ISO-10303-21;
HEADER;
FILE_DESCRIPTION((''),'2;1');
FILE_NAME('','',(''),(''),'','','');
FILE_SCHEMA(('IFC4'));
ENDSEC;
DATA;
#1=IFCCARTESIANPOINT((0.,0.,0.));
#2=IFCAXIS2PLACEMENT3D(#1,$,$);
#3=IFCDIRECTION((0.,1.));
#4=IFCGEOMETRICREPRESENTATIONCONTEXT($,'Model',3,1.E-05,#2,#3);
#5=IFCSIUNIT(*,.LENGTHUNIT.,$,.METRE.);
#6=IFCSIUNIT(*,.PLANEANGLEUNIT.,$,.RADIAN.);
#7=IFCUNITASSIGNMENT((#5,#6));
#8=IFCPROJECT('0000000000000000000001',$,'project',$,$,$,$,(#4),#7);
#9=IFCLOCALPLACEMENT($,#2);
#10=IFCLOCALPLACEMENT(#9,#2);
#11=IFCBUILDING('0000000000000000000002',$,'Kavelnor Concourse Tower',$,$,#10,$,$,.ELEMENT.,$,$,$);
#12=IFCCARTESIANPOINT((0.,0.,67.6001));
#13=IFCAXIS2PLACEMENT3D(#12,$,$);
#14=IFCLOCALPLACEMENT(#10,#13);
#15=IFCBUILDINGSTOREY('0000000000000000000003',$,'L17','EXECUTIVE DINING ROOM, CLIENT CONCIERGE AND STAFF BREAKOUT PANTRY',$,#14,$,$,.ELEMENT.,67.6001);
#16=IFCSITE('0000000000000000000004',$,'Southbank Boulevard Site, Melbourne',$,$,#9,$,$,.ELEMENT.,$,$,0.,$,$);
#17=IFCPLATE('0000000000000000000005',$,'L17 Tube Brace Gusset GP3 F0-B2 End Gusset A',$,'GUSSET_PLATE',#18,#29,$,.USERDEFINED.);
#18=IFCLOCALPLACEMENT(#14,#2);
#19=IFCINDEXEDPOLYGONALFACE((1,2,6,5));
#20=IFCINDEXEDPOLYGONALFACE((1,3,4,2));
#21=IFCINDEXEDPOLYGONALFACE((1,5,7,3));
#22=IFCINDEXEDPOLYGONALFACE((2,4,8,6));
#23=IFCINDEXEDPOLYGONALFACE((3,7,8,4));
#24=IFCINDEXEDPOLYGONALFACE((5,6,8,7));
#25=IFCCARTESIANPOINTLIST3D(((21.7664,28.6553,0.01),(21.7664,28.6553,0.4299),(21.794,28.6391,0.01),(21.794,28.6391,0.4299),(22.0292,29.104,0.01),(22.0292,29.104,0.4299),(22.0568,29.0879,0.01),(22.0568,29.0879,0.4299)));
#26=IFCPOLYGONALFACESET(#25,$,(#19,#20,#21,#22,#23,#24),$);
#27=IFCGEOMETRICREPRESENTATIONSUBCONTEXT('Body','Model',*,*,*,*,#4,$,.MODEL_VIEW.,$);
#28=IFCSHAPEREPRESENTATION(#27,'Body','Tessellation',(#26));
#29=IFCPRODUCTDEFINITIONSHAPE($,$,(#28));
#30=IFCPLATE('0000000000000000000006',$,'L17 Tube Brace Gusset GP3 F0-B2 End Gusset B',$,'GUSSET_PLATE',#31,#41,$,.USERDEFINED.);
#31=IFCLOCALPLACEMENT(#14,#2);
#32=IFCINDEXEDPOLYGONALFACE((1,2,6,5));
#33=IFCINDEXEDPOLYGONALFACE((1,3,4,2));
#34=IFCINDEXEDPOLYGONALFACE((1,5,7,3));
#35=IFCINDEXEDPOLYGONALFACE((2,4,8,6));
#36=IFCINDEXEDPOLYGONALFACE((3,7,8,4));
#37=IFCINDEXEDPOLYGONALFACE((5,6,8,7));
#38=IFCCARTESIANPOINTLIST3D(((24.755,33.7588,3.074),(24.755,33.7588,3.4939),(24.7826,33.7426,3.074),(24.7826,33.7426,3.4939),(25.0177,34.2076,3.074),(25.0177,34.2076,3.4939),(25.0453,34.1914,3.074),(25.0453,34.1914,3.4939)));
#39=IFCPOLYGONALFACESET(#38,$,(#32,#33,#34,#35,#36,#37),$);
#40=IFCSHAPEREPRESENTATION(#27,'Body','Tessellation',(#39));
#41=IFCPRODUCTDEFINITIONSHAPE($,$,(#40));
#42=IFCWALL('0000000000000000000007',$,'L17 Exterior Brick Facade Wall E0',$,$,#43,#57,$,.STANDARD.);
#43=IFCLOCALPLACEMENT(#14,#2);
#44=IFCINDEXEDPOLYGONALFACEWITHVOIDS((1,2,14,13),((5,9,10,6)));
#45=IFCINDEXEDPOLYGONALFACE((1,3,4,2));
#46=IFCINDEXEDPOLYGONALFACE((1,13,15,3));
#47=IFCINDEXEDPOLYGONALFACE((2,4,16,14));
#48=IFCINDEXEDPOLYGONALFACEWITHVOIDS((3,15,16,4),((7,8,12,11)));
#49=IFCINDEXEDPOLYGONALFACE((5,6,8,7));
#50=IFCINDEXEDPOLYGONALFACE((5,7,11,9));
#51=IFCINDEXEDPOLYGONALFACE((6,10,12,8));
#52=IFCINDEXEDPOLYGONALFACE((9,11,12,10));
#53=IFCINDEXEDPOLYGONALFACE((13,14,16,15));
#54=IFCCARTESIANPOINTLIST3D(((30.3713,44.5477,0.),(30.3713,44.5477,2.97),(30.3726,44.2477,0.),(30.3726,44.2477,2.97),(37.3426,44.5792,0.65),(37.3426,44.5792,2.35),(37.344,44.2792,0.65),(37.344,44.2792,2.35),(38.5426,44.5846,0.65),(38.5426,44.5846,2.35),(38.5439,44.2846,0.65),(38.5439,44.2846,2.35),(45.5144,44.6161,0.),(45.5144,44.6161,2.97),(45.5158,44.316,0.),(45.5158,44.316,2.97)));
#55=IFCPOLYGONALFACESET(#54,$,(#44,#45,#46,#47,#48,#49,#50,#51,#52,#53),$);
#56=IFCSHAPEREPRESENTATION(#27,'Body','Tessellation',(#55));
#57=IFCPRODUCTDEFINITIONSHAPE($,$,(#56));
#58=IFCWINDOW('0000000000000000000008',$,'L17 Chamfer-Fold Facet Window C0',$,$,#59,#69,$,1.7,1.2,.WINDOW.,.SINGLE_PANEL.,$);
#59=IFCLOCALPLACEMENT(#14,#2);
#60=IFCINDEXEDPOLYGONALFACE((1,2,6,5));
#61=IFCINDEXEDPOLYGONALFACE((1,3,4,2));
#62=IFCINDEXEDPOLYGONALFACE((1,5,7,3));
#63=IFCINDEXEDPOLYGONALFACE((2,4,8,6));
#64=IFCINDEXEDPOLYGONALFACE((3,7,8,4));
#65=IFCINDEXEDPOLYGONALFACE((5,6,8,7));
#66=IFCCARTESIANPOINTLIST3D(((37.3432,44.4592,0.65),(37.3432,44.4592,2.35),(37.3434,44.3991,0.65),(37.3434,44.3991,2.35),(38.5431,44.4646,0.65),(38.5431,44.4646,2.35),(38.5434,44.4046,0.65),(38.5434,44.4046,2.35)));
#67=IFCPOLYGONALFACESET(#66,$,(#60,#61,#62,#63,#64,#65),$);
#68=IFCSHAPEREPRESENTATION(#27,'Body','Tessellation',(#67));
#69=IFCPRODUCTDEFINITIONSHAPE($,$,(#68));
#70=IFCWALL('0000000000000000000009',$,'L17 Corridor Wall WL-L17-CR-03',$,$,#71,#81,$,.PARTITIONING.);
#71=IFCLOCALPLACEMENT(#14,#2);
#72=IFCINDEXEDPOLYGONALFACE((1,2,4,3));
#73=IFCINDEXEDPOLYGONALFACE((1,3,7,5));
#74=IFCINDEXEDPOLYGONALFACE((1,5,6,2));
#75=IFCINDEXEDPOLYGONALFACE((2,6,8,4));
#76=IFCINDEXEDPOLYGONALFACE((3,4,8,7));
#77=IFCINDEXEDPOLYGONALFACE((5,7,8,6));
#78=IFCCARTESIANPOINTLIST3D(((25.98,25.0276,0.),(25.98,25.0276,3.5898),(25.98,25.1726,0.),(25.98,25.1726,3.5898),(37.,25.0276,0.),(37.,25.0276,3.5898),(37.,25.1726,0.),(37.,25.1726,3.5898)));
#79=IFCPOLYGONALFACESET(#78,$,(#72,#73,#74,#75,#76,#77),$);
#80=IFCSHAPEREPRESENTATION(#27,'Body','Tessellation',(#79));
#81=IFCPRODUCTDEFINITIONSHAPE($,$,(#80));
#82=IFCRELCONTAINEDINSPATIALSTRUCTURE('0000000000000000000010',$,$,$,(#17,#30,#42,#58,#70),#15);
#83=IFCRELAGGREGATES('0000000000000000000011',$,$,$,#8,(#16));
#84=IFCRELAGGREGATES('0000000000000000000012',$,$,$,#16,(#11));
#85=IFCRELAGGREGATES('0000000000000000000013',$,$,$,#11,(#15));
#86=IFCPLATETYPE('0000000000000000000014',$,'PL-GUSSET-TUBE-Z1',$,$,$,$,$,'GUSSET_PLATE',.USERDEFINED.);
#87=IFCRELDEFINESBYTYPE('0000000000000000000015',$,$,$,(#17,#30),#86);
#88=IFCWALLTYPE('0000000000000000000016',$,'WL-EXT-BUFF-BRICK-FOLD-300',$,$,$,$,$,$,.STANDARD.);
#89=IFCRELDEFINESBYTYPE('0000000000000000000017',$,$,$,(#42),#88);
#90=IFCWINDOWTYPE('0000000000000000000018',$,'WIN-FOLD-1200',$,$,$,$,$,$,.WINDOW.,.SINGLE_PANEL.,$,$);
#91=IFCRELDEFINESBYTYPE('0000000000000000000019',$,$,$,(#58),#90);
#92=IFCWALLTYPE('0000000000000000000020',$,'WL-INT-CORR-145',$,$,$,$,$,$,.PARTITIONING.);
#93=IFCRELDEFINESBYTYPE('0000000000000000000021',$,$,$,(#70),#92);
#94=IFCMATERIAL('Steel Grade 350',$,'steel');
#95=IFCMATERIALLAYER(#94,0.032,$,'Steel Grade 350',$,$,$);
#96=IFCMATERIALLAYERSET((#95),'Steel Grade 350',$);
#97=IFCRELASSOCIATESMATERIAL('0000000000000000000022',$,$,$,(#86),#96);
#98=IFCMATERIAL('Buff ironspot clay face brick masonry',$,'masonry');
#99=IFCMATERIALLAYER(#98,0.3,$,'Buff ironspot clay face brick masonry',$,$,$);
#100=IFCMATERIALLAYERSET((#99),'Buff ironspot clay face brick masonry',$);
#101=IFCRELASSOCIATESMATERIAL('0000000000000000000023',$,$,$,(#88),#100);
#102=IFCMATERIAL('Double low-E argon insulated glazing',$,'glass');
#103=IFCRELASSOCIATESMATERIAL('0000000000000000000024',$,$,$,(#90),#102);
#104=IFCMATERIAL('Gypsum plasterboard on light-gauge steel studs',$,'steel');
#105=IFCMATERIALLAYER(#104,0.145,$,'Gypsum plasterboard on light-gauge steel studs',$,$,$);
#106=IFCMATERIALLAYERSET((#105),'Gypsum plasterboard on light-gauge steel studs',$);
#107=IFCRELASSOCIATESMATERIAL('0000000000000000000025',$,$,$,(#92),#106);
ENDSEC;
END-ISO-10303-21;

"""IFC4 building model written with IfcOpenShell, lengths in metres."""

from ifc_helpers import new_model, si_unit, direction, frame, frame_2d, origin, origin_2d, place, context, subcontext, project, spatial, rectangle, extrude, material, layer, layer_set, type_object, element, fill, save


model = new_model("IFC4")

# Units and contexts
model_context = context("Model", 3, precision=1e-05, world=origin(), true_north=direction((0.0, 1.0)))
body_context = subcontext(model_context, "Body", "Model", "MODEL_VIEW")
ifc_project = project(units=[si_unit("LENGTHUNIT", "METRE"), si_unit("PLANEANGLEUNIT", "RADIAN")], contexts=[model_context])

# Site, building, storey
site_placement = place(None, origin())
site = spatial("IfcSite", under=ifc_project, at=site_placement, Name="Southbank Boulevard Site, Melbourne", CompositionType="ELEMENT", RefElevation=0.0)
building_placement = place(site_placement, origin())
building = spatial("IfcBuilding", under=site, at=building_placement, Name="Kavelnor Concourse Tower", CompositionType="ELEMENT")
storey_placement = place(building_placement, frame((0.0, 0.0, 67.6001)))
storey = spatial("IfcBuildingStorey", under=building, at=storey_placement, Name="L17", Description="EXECUTIVE DINING ROOM, CLIENT CONCIERGE AND STAFF BREAKOUT PANTRY", CompositionType="ELEMENT", Elevation=67.6001)

# Shared definitions
ifc_material_1 = material(Name="Steel Grade 350", Category="steel")

# Shared definitions
ifc_material_2 = material(Name="Double low-E argon insulated glazing", Category="glass")

# Plates
ifc_layer_1 = layer(ifc_material_1, 0.032, Name="Steel Grade 350")
ifc_layer_set_1 = layer_set([ifc_layer_1], Name="Steel Grade 350")
plate_type_1 = type_object("IfcPlateType", Name="PL-GUSSET-TUBE-Z1", ElementType="GUSSET_PLATE", PredefinedType="USERDEFINED", material=ifc_layer_set_1)
for number, where, z_axis, x_axis, name in (
    (1, (21.9116, 28.8716, 0.01), (0.0, 0.0, 1.0), (0.505281, 0.862955, 0.0), "L17 Tube Brace Gusset GP3 F0-B2 End Gusset A"),
    (2, (24.9001, 33.9751, 3.074), (0.0, 0.0, 1.0), (0.505281, 0.862955, 0.0), "L17 Tube Brace Gusset GP3 F0-B2 End Gusset B"),
):
    element("IfcPlate", number, at=place(storey_placement, frame(where, z_axis=z_axis, x_axis=x_axis)), inside=storey, type_object=plate_type_1, Name=name, ObjectType="GUSSET_PLATE", PredefinedType="USERDEFINED", context=body_context, shape_type="SweptSolid", body=[
        extrude(rectangle(XDim=0.52, YDim=0.032, at=origin_2d()), origin(), (0.0, 0.0, 1.0), 0.4199),
    ])

# Wall, opening, window
ifc_material_3 = material(Name="Buff ironspot clay face brick masonry", Category="masonry")
ifc_layer_2 = layer(ifc_material_3, 0.3, Name="Buff ironspot clay face brick masonry")
ifc_layer_set_2 = layer_set([ifc_layer_2], Name="Buff ironspot clay face brick masonry")
wall_type_1 = type_object("IfcWallType", Name="WL-EXT-BUFF-BRICK-FOLD-300", PredefinedType="STANDARD", material=ifc_layer_set_2)
wall_1_placement = place(storey_placement, frame((30.3718, 44.3977, 0.0), z_axis=(0.0, 0.0, 1.0), x_axis=(0.99999, 0.004514, 0.0)))
wall_1 = element("IfcWall", 3, at=wall_1_placement, inside=storey, type_object=wall_type_1, Name="L17 Exterior Brick Facade Wall E0", PredefinedType="STANDARD", context=body_context, shape_type="SweptSolid", body=[
    extrude(rectangle(XDim=15.1433, YDim=0.3, at=frame_2d((7.5718, 0.0))), origin(), (0.0, 0.0, 1.0), 2.97),
])
opening_placement = place(wall_1_placement, frame((6.9714, 0.0, 0.6499)))
opening = element("IfcOpeningElement", 4, at=opening_placement, cuts=wall_1, PredefinedType="OPENING", context=body_context, shape_type="SweptSolid", body=[
    extrude(rectangle(XDim=1.2, YDim=1.7, at=frame_2d((0.6001, 0.8501))), frame((0.0, 0.1602, 0.0), z_axis=(0.0, -1.0, 0.0), x_axis=(1.0, 0.0, 0.0)), (0.0, 0.0, 1.0), 0.3201),
])
window_type = type_object("IfcWindowType", Name="WIN-FOLD-1200", PartitioningType="SINGLE_PANEL", PredefinedType="WINDOW", material=ifc_material_2)
window_placement = place(opening_placement, origin())
window = element("IfcWindow", 5, at=window_placement, inside=storey, type_object=window_type, Name="L17 Chamfer-Fold Facet Window C0", OverallHeight=1.7, OverallWidth=1.2, PartitioningType="SINGLE_PANEL", PredefinedType="WINDOW", context=body_context, shape_type="SweptSolid", body=[
    extrude(rectangle(XDim=1.2, YDim=1.7, at=frame_2d((0.6001, 0.8501))), frame((0.0, 0.03, 0.0), z_axis=(0.0, -1.0, 0.0), x_axis=(1.0, 0.0, 0.0)), (0.0, 0.0, 1.0), 0.0601),
])
fill(opening, window)

# Wall
ifc_material_4 = material(Name="Gypsum plasterboard on light-gauge steel studs", Category="steel")
ifc_layer_3 = layer(ifc_material_4, 0.145, Name="Gypsum plasterboard on light-gauge steel studs")
ifc_layer_set_3 = layer_set([ifc_layer_3], Name="Gypsum plasterboard on light-gauge steel studs")
wall_type_2 = type_object("IfcWallType", Name="WL-INT-CORR-145", PredefinedType="PARTITIONING", material=ifc_layer_set_3)
wall_2_placement = place(storey_placement, frame((25.98, 25.1001, 0.0), z_axis=(0.0, 0.0, 1.0), x_axis=(1.0, 0.0, 0.0)))
element("IfcWall", 6, at=wall_2_placement, inside=storey, type_object=wall_type_2, Name="L17 Corridor Wall WL-L17-CR-03", PredefinedType="PARTITIONING", context=body_context, shape_type="SweptSolid", body=[
    extrude(rectangle(XDim=11.02, YDim=0.145, at=frame_2d((5.51, 0.0))), origin(), (0.0, 0.0, 1.0), 3.5898),
])

save(model, "model.ifc")
